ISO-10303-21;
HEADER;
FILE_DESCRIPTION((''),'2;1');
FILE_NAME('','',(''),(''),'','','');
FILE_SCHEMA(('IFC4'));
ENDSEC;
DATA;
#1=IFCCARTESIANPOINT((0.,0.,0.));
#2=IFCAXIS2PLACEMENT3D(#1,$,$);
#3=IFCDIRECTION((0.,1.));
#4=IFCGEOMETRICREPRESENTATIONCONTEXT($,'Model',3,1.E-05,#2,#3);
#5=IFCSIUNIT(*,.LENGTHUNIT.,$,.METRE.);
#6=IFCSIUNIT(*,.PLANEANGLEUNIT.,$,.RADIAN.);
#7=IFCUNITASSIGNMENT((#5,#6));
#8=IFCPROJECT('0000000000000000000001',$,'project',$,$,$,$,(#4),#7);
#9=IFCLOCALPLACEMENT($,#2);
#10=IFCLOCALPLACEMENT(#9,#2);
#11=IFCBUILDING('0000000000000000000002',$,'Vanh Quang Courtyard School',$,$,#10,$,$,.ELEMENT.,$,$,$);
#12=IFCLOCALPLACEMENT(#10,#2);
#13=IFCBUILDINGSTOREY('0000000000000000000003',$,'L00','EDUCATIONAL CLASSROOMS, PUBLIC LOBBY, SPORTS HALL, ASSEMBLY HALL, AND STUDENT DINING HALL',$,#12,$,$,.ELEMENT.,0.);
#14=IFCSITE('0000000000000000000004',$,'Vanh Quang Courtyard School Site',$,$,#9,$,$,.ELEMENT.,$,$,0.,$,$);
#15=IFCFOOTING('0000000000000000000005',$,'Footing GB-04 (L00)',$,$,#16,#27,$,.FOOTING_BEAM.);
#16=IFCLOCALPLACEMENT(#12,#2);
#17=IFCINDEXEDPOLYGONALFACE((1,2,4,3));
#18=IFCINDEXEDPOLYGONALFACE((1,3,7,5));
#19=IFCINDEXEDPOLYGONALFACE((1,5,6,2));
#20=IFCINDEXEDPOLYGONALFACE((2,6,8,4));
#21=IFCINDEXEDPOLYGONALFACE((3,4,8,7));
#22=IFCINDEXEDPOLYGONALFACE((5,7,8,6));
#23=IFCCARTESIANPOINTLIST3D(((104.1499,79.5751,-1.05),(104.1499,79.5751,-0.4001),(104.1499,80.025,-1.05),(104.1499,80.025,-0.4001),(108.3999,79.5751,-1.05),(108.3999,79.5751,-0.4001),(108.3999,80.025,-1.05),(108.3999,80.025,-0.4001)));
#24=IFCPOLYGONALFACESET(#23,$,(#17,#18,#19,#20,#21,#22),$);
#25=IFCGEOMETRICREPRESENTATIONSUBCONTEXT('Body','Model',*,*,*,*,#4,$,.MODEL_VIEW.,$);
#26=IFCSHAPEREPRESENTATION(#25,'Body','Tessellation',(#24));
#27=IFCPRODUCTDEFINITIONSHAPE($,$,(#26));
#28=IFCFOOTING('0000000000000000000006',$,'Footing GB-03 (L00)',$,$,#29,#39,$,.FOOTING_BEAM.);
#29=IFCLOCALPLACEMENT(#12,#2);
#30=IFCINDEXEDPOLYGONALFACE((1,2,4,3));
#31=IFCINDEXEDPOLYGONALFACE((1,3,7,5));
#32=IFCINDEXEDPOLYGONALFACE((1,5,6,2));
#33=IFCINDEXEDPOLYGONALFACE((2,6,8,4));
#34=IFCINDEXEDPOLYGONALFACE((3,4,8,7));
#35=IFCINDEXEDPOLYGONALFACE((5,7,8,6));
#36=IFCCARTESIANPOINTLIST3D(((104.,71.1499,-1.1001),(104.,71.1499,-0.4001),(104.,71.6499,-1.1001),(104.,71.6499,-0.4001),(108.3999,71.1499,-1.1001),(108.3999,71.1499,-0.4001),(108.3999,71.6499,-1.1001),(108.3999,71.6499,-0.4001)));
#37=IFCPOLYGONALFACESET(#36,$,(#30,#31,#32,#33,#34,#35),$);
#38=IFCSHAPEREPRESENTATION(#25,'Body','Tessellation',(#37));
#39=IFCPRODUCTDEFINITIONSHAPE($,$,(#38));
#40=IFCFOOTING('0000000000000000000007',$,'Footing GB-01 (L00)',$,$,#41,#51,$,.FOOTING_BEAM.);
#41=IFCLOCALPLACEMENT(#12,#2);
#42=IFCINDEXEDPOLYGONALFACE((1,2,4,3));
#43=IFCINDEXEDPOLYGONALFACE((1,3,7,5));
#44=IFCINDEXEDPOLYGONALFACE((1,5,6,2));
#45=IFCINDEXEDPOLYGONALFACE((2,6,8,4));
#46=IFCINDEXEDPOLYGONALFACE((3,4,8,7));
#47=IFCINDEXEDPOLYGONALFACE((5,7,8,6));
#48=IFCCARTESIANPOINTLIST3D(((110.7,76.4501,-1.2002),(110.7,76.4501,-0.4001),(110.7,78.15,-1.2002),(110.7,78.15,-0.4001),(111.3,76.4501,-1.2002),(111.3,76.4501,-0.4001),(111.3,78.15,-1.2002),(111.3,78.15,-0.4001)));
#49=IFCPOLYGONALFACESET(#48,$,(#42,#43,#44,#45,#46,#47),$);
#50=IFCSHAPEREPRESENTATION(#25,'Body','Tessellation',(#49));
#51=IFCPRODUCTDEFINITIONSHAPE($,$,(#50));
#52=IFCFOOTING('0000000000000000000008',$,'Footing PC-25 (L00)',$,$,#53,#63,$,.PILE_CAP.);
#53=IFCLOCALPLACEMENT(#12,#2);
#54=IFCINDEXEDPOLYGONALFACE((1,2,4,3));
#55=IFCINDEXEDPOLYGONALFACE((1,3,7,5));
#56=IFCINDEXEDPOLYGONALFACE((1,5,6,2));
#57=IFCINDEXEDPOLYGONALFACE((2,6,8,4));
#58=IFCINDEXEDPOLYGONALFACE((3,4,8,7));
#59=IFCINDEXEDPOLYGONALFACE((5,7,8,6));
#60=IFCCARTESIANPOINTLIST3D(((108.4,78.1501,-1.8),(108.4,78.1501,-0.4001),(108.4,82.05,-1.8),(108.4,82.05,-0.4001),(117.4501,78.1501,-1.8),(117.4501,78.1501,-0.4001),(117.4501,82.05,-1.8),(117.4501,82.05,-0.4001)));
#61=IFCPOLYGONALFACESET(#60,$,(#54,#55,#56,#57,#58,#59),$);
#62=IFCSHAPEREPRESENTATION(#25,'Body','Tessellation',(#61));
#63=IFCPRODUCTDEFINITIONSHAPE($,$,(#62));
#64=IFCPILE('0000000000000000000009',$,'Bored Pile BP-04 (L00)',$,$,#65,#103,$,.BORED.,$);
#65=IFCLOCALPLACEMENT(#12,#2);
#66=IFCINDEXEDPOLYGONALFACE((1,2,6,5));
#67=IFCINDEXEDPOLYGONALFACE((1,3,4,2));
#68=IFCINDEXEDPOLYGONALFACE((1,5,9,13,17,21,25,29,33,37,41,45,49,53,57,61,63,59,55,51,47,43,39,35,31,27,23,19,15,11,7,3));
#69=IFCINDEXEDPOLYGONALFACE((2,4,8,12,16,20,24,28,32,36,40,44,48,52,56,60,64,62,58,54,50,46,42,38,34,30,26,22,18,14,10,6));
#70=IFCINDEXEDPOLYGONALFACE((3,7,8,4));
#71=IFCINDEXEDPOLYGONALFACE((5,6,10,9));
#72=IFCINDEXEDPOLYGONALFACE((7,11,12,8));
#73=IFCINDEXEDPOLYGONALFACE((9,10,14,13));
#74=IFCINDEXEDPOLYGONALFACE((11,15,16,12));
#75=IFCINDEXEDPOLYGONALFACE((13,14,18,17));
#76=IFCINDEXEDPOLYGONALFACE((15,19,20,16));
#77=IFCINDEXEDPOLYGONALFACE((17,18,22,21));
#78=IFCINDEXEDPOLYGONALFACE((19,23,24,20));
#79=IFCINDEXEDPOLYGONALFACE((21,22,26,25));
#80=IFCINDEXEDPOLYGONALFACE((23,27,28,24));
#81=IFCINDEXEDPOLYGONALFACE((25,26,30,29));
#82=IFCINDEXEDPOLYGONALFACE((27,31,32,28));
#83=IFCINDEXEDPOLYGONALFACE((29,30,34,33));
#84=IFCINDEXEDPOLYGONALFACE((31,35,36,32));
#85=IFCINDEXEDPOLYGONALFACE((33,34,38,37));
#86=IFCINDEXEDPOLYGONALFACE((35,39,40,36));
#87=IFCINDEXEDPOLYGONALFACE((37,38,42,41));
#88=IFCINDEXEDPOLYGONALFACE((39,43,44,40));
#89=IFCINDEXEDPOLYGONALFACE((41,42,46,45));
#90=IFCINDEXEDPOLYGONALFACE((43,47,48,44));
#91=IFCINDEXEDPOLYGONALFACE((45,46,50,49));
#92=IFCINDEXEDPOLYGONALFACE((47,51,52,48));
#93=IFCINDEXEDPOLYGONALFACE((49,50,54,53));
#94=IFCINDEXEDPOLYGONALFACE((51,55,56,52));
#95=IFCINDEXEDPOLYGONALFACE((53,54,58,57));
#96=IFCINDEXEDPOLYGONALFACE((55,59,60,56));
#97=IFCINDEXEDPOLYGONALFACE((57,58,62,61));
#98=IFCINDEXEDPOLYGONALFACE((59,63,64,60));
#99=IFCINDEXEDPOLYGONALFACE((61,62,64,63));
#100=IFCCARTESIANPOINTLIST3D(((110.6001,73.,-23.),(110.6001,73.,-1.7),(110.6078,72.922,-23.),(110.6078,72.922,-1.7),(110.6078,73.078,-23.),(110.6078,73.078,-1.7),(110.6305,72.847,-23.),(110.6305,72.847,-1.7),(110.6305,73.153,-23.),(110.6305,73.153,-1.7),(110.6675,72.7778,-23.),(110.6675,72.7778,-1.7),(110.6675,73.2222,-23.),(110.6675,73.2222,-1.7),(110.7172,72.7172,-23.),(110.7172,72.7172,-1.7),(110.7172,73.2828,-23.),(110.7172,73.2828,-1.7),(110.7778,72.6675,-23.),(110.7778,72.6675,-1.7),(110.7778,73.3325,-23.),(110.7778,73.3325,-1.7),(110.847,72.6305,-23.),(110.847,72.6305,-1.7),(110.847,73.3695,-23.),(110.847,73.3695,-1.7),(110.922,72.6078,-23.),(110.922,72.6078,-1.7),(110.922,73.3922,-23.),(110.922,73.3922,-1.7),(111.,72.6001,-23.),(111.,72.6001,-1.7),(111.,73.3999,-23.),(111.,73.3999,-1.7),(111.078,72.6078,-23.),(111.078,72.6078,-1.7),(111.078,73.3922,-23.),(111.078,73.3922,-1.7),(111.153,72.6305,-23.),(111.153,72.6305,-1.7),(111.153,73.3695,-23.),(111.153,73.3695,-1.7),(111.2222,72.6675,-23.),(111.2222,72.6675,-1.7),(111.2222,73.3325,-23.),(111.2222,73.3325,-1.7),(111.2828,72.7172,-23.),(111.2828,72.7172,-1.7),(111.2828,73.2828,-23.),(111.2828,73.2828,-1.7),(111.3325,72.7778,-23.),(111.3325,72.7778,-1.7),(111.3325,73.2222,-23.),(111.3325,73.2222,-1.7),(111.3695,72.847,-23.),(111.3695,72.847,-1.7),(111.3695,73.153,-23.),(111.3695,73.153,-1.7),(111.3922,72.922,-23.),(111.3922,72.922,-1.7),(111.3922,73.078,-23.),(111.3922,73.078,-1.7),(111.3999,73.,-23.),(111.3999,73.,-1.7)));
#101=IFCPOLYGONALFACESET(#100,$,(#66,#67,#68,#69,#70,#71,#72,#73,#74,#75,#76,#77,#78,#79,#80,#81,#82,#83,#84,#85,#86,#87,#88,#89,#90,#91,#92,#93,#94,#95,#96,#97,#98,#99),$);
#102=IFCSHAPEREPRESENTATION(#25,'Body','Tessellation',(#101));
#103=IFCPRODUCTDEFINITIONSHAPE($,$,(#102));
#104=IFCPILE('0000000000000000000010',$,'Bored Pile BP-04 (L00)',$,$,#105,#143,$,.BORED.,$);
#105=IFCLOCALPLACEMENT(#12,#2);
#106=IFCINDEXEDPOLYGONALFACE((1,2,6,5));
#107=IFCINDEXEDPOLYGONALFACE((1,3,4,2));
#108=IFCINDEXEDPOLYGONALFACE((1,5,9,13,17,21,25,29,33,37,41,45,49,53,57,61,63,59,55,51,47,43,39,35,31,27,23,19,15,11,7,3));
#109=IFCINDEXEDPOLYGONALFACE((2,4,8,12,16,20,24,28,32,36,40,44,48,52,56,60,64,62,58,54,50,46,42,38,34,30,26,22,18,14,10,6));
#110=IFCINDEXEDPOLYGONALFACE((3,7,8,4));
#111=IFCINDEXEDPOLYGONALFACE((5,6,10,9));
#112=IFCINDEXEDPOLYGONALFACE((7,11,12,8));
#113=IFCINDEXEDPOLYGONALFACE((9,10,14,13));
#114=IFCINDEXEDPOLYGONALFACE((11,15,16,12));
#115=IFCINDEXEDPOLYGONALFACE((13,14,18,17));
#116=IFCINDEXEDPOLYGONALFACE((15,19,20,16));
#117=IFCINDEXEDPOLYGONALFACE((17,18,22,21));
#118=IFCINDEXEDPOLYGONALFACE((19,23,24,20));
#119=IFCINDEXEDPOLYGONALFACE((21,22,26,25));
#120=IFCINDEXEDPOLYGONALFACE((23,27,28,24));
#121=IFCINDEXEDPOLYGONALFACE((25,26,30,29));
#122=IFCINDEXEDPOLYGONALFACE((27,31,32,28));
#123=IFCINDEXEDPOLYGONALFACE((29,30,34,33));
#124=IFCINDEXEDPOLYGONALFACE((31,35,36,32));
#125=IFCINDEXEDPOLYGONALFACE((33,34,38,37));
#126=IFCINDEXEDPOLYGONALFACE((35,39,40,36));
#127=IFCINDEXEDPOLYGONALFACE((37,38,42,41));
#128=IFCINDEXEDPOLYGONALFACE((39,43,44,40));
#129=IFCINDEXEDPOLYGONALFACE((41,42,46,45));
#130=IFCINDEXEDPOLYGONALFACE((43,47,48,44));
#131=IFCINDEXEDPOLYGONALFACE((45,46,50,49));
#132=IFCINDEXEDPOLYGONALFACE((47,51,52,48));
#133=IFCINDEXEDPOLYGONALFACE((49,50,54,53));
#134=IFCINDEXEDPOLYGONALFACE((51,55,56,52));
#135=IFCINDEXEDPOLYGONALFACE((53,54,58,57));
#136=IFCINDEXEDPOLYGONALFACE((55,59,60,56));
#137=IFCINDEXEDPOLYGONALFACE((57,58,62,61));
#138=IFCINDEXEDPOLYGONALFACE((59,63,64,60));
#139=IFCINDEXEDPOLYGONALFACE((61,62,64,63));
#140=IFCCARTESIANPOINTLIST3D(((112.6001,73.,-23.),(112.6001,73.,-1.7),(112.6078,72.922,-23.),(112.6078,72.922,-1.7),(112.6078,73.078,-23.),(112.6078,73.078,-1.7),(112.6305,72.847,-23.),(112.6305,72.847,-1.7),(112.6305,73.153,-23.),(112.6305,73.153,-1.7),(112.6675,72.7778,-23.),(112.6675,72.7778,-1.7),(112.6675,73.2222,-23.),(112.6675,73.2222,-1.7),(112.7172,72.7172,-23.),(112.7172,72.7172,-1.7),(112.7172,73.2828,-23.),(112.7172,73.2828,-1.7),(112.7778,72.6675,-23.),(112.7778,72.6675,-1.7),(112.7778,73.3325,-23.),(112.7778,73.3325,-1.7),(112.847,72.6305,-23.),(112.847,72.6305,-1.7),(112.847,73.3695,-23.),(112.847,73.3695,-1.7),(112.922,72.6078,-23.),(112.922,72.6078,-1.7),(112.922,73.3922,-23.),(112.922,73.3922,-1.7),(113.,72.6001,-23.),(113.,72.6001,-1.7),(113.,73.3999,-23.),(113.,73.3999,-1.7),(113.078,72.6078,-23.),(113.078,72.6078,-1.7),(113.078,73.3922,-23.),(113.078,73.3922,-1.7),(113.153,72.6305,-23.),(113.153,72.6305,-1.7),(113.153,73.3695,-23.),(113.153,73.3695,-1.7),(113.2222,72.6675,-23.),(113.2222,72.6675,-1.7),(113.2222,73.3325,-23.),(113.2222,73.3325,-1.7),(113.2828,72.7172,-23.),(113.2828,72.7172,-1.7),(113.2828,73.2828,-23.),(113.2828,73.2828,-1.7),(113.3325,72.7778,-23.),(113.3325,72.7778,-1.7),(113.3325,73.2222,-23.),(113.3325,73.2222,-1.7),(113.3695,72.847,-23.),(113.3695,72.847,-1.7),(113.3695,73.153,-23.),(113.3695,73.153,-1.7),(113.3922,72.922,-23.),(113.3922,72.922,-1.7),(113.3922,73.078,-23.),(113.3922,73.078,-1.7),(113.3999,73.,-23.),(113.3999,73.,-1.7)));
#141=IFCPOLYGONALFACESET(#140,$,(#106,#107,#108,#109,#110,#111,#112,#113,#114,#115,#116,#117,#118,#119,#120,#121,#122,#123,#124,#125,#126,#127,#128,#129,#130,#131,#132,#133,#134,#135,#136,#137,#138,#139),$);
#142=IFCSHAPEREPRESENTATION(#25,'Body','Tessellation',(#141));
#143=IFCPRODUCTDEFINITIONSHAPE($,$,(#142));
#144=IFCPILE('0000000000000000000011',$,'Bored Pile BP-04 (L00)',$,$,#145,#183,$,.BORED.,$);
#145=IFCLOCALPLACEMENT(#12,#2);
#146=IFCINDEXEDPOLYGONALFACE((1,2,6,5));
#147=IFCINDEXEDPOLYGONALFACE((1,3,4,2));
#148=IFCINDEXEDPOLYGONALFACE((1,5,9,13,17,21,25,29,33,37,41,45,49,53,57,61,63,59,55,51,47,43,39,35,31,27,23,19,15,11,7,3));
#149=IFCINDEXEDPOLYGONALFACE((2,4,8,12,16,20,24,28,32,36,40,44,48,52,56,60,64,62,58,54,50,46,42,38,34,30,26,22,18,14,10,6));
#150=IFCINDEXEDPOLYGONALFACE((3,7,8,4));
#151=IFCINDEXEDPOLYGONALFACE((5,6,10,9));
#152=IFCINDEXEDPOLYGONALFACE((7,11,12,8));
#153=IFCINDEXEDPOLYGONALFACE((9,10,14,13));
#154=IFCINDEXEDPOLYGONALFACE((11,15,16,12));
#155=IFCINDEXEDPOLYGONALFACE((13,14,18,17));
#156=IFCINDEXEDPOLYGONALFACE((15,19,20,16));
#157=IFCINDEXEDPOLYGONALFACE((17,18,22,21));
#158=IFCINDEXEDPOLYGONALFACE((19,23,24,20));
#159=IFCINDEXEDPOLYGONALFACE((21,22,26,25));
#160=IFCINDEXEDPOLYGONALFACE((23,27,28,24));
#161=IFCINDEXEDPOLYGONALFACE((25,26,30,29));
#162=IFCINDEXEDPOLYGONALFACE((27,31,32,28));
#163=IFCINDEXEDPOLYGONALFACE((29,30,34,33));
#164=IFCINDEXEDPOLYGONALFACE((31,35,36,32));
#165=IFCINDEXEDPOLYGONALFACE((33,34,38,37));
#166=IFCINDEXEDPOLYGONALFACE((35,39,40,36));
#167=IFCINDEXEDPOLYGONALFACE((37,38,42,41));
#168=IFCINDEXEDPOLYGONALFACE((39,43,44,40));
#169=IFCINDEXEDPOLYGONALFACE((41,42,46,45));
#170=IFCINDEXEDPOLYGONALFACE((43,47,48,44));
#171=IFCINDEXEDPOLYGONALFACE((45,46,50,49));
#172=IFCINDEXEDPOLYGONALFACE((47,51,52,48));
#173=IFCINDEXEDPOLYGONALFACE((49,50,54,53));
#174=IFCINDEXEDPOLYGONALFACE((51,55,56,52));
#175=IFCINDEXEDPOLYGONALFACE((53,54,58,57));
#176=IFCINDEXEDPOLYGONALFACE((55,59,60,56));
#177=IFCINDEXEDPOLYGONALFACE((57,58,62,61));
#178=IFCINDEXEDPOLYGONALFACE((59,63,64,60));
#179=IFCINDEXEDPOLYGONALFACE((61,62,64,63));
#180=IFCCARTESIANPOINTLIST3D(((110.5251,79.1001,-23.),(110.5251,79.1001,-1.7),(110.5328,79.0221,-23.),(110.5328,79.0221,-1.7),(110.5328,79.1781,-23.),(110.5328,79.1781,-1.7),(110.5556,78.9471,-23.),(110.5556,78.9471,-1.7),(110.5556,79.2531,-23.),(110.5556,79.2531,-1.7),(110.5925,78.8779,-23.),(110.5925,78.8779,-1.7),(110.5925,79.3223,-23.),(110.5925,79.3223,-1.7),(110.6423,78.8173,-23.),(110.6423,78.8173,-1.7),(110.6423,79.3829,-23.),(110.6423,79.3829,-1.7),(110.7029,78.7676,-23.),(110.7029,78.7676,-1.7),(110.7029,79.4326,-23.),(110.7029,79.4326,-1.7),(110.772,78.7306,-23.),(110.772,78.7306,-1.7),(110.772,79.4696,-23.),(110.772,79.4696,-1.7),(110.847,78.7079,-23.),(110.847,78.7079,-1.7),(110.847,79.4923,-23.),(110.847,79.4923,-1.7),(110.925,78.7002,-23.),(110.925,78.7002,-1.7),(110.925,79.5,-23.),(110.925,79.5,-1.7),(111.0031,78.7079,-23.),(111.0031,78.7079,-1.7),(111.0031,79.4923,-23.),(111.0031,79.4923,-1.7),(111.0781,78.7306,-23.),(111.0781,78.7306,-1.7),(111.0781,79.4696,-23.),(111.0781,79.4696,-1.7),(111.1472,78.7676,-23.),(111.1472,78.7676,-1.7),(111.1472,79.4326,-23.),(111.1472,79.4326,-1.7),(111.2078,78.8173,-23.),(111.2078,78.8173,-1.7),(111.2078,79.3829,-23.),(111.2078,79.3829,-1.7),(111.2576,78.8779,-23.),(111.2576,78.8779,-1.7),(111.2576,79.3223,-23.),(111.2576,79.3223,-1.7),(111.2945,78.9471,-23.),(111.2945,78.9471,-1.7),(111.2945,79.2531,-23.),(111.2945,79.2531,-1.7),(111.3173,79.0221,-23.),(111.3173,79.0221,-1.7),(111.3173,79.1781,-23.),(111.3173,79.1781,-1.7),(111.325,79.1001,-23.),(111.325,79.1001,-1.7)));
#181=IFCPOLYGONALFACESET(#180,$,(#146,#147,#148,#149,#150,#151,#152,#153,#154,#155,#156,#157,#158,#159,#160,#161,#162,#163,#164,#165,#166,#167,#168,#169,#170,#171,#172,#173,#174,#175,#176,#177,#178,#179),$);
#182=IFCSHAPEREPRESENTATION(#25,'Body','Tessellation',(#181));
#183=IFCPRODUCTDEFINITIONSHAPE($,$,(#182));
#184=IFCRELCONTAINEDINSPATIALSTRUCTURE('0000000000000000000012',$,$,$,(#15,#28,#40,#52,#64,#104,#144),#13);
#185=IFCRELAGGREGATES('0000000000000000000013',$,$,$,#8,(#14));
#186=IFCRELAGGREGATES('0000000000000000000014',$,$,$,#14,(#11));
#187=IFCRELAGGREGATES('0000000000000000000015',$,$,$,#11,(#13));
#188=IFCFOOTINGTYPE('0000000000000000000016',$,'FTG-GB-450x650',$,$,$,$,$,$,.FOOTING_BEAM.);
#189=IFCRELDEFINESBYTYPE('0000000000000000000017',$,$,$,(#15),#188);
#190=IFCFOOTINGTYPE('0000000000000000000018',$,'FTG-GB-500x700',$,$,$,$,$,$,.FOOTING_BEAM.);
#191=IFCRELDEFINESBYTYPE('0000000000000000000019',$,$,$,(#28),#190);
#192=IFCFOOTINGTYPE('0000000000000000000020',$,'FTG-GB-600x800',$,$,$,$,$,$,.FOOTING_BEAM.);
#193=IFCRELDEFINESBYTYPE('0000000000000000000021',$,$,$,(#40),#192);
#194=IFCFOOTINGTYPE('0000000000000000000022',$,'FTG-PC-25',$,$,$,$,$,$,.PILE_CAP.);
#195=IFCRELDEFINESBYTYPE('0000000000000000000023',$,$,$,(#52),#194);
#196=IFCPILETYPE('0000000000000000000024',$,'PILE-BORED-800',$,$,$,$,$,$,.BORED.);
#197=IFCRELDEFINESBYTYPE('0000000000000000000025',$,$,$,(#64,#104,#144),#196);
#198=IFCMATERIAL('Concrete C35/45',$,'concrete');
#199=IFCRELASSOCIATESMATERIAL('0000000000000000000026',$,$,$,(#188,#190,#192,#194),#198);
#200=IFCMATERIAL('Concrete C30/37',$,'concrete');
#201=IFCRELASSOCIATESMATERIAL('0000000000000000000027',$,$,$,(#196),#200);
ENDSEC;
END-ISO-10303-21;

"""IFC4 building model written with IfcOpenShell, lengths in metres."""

from ifc_helpers import new_model, si_unit, direction, frame, origin, origin_2d, place, context, subcontext, project, spatial, rectangle, circle, extrude, material, material_profile, profile_set, type_object, element, save


model = new_model("IFC4")

# Units and contexts
model_context = context("Model", 3, precision=1e-05, world=origin(), true_north=direction((0.0, 1.0)))
body_context = subcontext(model_context, "Body", "Model", "MODEL_VIEW")
ifc_project = project(units=[si_unit("LENGTHUNIT", "METRE"), si_unit("PLANEANGLEUNIT", "RADIAN")], contexts=[model_context])

# Site, building, storey
site_placement = place(None, origin())
site = spatial("IfcSite", under=ifc_project, at=site_placement, Name="Vanh Quang Courtyard School Site", CompositionType="ELEMENT", RefElevation=0.0)
building_placement = place(site_placement, origin())
building = spatial("IfcBuilding", under=site, at=building_placement, Name="Vanh Quang Courtyard School", CompositionType="ELEMENT")
storey_placement = place(building_placement, origin())
storey = spatial("IfcBuildingStorey", under=building, at=storey_placement, Name="L00", Description="EDUCATIONAL CLASSROOMS, PUBLIC LOBBY, SPORTS HALL, ASSEMBLY HALL, AND STUDENT DINING HALL", CompositionType="ELEMENT", Elevation=0.0)

# Footings
ifc_material_1 = material(Name="Concrete C35/45", Category="concrete")
footing_type_1 = type_object("IfcFootingType", Name="FTG-GB-450x650", PredefinedType="FOOTING_BEAM", material=ifc_material_1)
footing_1_placement = place(storey_placement, frame((106.2749, 79.8, -1.05), z_axis=(0.0, 0.0, 1.0), x_axis=(1.0, 0.0, 0.0)))
element("IfcFooting", 1, at=footing_1_placement, inside=storey, type_object=footing_type_1, Name="Footing GB-04 (L00)", PredefinedType="FOOTING_BEAM", context=body_context, shape_type="SweptSolid", body=[
    extrude(rectangle(XDim=4.25, YDim=0.45, at=origin_2d()), origin(), (0.0, 0.0, 1.0), 0.6499),
])
footing_type_2 = type_object("IfcFootingType", Name="FTG-GB-500x700", PredefinedType="FOOTING_BEAM", material=ifc_material_1)
footing_2_placement = place(storey_placement, frame((106.2, 71.3999, -1.1001), z_axis=(0.0, 0.0, 1.0), x_axis=(1.0, 0.0, 0.0)))
element("IfcFooting", 2, at=footing_2_placement, inside=storey, type_object=footing_type_2, Name="Footing GB-03 (L00)", PredefinedType="FOOTING_BEAM", context=body_context, shape_type="SweptSolid", body=[
    extrude(rectangle(XDim=4.3999, YDim=0.5, at=origin_2d()), origin(), (0.0, 0.0, 1.0), 0.7),
])
footing_type_3 = type_object("IfcFootingType", Name="FTG-GB-600x800", PredefinedType="FOOTING_BEAM", material=ifc_material_1)
footing_3_placement = place(storey_placement, frame((111.0, 77.3, -1.2002), z_axis=(0.0, 0.0, 1.0), x_axis=(0.0, 1.0, 0.0)))
element("IfcFooting", 3, at=footing_3_placement, inside=storey, type_object=footing_type_3, Name="Footing GB-01 (L00)", PredefinedType="FOOTING_BEAM", context=body_context, shape_type="SweptSolid", body=[
    extrude(rectangle(XDim=1.7, YDim=0.6001, at=origin_2d()), origin(), (0.0, 0.0, 1.0), 0.8),
])
footing_type_4 = type_object("IfcFootingType", Name="FTG-PC-25", PredefinedType="PILE_CAP", material=ifc_material_1)
footing_4_placement = place(storey_placement, frame((112.925, 80.1001, -1.8), z_axis=(0.0, 0.0, 1.0), x_axis=(1.0, 0.0, 0.0)))
element("IfcFooting", 4, at=footing_4_placement, inside=storey, type_object=footing_type_4, Name="Footing PC-25 (L00)", PredefinedType="PILE_CAP", context=body_context, shape_type="SweptSolid", body=[
    extrude(rectangle(XDim=9.05, YDim=3.8999, at=origin_2d()), origin(), (0.0, 0.0, 1.0), 1.3999),
])

# Piles
ifc_material_2 = material(Name="Concrete C30/37", Category="concrete")
ifc_material_profile_1 = material_profile(ifc_material_2, circle(Radius=0.3999, at=origin_2d()), Name="PILE D800")
ifc_profile_set_1 = profile_set([ifc_material_profile_1], Name="Concrete C30/37")
pile_type = type_object("IfcPileType", Name="PILE-BORED-800", PredefinedType="BORED", material=ifc_profile_set_1)
for number, where, z_axis, x_axis, name in (
    (5, (111.0, 73.0, -1.7), (0.0, 0.0, -1.0), (1.0, 0.0, 0.0), "Bored Pile BP-04 (L00)"),
    (6, (113.0, 73.0, -1.7), (0.0, 0.0, -1.0), (1.0, 0.0, 0.0), "Bored Pile BP-04 (L00)"),
    (7, (110.925, 79.1001, -1.7), (0.0, 0.0, -1.0), (1.0, 0.0, 0.0), "Bored Pile BP-04 (L00)"),
):
    element("IfcPile", number, at=place(storey_placement, frame(where, z_axis=z_axis, x_axis=x_axis)), inside=storey, type_object=pile_type, Name=name, PredefinedType="BORED", context=body_context, shape_type="SweptSolid", body=[
        extrude(circle(Radius=0.3999, at=origin_2d()), origin(), (0.0, 0.0, 1.0), 21.3),
    ])

save(model, "model.ifc")
